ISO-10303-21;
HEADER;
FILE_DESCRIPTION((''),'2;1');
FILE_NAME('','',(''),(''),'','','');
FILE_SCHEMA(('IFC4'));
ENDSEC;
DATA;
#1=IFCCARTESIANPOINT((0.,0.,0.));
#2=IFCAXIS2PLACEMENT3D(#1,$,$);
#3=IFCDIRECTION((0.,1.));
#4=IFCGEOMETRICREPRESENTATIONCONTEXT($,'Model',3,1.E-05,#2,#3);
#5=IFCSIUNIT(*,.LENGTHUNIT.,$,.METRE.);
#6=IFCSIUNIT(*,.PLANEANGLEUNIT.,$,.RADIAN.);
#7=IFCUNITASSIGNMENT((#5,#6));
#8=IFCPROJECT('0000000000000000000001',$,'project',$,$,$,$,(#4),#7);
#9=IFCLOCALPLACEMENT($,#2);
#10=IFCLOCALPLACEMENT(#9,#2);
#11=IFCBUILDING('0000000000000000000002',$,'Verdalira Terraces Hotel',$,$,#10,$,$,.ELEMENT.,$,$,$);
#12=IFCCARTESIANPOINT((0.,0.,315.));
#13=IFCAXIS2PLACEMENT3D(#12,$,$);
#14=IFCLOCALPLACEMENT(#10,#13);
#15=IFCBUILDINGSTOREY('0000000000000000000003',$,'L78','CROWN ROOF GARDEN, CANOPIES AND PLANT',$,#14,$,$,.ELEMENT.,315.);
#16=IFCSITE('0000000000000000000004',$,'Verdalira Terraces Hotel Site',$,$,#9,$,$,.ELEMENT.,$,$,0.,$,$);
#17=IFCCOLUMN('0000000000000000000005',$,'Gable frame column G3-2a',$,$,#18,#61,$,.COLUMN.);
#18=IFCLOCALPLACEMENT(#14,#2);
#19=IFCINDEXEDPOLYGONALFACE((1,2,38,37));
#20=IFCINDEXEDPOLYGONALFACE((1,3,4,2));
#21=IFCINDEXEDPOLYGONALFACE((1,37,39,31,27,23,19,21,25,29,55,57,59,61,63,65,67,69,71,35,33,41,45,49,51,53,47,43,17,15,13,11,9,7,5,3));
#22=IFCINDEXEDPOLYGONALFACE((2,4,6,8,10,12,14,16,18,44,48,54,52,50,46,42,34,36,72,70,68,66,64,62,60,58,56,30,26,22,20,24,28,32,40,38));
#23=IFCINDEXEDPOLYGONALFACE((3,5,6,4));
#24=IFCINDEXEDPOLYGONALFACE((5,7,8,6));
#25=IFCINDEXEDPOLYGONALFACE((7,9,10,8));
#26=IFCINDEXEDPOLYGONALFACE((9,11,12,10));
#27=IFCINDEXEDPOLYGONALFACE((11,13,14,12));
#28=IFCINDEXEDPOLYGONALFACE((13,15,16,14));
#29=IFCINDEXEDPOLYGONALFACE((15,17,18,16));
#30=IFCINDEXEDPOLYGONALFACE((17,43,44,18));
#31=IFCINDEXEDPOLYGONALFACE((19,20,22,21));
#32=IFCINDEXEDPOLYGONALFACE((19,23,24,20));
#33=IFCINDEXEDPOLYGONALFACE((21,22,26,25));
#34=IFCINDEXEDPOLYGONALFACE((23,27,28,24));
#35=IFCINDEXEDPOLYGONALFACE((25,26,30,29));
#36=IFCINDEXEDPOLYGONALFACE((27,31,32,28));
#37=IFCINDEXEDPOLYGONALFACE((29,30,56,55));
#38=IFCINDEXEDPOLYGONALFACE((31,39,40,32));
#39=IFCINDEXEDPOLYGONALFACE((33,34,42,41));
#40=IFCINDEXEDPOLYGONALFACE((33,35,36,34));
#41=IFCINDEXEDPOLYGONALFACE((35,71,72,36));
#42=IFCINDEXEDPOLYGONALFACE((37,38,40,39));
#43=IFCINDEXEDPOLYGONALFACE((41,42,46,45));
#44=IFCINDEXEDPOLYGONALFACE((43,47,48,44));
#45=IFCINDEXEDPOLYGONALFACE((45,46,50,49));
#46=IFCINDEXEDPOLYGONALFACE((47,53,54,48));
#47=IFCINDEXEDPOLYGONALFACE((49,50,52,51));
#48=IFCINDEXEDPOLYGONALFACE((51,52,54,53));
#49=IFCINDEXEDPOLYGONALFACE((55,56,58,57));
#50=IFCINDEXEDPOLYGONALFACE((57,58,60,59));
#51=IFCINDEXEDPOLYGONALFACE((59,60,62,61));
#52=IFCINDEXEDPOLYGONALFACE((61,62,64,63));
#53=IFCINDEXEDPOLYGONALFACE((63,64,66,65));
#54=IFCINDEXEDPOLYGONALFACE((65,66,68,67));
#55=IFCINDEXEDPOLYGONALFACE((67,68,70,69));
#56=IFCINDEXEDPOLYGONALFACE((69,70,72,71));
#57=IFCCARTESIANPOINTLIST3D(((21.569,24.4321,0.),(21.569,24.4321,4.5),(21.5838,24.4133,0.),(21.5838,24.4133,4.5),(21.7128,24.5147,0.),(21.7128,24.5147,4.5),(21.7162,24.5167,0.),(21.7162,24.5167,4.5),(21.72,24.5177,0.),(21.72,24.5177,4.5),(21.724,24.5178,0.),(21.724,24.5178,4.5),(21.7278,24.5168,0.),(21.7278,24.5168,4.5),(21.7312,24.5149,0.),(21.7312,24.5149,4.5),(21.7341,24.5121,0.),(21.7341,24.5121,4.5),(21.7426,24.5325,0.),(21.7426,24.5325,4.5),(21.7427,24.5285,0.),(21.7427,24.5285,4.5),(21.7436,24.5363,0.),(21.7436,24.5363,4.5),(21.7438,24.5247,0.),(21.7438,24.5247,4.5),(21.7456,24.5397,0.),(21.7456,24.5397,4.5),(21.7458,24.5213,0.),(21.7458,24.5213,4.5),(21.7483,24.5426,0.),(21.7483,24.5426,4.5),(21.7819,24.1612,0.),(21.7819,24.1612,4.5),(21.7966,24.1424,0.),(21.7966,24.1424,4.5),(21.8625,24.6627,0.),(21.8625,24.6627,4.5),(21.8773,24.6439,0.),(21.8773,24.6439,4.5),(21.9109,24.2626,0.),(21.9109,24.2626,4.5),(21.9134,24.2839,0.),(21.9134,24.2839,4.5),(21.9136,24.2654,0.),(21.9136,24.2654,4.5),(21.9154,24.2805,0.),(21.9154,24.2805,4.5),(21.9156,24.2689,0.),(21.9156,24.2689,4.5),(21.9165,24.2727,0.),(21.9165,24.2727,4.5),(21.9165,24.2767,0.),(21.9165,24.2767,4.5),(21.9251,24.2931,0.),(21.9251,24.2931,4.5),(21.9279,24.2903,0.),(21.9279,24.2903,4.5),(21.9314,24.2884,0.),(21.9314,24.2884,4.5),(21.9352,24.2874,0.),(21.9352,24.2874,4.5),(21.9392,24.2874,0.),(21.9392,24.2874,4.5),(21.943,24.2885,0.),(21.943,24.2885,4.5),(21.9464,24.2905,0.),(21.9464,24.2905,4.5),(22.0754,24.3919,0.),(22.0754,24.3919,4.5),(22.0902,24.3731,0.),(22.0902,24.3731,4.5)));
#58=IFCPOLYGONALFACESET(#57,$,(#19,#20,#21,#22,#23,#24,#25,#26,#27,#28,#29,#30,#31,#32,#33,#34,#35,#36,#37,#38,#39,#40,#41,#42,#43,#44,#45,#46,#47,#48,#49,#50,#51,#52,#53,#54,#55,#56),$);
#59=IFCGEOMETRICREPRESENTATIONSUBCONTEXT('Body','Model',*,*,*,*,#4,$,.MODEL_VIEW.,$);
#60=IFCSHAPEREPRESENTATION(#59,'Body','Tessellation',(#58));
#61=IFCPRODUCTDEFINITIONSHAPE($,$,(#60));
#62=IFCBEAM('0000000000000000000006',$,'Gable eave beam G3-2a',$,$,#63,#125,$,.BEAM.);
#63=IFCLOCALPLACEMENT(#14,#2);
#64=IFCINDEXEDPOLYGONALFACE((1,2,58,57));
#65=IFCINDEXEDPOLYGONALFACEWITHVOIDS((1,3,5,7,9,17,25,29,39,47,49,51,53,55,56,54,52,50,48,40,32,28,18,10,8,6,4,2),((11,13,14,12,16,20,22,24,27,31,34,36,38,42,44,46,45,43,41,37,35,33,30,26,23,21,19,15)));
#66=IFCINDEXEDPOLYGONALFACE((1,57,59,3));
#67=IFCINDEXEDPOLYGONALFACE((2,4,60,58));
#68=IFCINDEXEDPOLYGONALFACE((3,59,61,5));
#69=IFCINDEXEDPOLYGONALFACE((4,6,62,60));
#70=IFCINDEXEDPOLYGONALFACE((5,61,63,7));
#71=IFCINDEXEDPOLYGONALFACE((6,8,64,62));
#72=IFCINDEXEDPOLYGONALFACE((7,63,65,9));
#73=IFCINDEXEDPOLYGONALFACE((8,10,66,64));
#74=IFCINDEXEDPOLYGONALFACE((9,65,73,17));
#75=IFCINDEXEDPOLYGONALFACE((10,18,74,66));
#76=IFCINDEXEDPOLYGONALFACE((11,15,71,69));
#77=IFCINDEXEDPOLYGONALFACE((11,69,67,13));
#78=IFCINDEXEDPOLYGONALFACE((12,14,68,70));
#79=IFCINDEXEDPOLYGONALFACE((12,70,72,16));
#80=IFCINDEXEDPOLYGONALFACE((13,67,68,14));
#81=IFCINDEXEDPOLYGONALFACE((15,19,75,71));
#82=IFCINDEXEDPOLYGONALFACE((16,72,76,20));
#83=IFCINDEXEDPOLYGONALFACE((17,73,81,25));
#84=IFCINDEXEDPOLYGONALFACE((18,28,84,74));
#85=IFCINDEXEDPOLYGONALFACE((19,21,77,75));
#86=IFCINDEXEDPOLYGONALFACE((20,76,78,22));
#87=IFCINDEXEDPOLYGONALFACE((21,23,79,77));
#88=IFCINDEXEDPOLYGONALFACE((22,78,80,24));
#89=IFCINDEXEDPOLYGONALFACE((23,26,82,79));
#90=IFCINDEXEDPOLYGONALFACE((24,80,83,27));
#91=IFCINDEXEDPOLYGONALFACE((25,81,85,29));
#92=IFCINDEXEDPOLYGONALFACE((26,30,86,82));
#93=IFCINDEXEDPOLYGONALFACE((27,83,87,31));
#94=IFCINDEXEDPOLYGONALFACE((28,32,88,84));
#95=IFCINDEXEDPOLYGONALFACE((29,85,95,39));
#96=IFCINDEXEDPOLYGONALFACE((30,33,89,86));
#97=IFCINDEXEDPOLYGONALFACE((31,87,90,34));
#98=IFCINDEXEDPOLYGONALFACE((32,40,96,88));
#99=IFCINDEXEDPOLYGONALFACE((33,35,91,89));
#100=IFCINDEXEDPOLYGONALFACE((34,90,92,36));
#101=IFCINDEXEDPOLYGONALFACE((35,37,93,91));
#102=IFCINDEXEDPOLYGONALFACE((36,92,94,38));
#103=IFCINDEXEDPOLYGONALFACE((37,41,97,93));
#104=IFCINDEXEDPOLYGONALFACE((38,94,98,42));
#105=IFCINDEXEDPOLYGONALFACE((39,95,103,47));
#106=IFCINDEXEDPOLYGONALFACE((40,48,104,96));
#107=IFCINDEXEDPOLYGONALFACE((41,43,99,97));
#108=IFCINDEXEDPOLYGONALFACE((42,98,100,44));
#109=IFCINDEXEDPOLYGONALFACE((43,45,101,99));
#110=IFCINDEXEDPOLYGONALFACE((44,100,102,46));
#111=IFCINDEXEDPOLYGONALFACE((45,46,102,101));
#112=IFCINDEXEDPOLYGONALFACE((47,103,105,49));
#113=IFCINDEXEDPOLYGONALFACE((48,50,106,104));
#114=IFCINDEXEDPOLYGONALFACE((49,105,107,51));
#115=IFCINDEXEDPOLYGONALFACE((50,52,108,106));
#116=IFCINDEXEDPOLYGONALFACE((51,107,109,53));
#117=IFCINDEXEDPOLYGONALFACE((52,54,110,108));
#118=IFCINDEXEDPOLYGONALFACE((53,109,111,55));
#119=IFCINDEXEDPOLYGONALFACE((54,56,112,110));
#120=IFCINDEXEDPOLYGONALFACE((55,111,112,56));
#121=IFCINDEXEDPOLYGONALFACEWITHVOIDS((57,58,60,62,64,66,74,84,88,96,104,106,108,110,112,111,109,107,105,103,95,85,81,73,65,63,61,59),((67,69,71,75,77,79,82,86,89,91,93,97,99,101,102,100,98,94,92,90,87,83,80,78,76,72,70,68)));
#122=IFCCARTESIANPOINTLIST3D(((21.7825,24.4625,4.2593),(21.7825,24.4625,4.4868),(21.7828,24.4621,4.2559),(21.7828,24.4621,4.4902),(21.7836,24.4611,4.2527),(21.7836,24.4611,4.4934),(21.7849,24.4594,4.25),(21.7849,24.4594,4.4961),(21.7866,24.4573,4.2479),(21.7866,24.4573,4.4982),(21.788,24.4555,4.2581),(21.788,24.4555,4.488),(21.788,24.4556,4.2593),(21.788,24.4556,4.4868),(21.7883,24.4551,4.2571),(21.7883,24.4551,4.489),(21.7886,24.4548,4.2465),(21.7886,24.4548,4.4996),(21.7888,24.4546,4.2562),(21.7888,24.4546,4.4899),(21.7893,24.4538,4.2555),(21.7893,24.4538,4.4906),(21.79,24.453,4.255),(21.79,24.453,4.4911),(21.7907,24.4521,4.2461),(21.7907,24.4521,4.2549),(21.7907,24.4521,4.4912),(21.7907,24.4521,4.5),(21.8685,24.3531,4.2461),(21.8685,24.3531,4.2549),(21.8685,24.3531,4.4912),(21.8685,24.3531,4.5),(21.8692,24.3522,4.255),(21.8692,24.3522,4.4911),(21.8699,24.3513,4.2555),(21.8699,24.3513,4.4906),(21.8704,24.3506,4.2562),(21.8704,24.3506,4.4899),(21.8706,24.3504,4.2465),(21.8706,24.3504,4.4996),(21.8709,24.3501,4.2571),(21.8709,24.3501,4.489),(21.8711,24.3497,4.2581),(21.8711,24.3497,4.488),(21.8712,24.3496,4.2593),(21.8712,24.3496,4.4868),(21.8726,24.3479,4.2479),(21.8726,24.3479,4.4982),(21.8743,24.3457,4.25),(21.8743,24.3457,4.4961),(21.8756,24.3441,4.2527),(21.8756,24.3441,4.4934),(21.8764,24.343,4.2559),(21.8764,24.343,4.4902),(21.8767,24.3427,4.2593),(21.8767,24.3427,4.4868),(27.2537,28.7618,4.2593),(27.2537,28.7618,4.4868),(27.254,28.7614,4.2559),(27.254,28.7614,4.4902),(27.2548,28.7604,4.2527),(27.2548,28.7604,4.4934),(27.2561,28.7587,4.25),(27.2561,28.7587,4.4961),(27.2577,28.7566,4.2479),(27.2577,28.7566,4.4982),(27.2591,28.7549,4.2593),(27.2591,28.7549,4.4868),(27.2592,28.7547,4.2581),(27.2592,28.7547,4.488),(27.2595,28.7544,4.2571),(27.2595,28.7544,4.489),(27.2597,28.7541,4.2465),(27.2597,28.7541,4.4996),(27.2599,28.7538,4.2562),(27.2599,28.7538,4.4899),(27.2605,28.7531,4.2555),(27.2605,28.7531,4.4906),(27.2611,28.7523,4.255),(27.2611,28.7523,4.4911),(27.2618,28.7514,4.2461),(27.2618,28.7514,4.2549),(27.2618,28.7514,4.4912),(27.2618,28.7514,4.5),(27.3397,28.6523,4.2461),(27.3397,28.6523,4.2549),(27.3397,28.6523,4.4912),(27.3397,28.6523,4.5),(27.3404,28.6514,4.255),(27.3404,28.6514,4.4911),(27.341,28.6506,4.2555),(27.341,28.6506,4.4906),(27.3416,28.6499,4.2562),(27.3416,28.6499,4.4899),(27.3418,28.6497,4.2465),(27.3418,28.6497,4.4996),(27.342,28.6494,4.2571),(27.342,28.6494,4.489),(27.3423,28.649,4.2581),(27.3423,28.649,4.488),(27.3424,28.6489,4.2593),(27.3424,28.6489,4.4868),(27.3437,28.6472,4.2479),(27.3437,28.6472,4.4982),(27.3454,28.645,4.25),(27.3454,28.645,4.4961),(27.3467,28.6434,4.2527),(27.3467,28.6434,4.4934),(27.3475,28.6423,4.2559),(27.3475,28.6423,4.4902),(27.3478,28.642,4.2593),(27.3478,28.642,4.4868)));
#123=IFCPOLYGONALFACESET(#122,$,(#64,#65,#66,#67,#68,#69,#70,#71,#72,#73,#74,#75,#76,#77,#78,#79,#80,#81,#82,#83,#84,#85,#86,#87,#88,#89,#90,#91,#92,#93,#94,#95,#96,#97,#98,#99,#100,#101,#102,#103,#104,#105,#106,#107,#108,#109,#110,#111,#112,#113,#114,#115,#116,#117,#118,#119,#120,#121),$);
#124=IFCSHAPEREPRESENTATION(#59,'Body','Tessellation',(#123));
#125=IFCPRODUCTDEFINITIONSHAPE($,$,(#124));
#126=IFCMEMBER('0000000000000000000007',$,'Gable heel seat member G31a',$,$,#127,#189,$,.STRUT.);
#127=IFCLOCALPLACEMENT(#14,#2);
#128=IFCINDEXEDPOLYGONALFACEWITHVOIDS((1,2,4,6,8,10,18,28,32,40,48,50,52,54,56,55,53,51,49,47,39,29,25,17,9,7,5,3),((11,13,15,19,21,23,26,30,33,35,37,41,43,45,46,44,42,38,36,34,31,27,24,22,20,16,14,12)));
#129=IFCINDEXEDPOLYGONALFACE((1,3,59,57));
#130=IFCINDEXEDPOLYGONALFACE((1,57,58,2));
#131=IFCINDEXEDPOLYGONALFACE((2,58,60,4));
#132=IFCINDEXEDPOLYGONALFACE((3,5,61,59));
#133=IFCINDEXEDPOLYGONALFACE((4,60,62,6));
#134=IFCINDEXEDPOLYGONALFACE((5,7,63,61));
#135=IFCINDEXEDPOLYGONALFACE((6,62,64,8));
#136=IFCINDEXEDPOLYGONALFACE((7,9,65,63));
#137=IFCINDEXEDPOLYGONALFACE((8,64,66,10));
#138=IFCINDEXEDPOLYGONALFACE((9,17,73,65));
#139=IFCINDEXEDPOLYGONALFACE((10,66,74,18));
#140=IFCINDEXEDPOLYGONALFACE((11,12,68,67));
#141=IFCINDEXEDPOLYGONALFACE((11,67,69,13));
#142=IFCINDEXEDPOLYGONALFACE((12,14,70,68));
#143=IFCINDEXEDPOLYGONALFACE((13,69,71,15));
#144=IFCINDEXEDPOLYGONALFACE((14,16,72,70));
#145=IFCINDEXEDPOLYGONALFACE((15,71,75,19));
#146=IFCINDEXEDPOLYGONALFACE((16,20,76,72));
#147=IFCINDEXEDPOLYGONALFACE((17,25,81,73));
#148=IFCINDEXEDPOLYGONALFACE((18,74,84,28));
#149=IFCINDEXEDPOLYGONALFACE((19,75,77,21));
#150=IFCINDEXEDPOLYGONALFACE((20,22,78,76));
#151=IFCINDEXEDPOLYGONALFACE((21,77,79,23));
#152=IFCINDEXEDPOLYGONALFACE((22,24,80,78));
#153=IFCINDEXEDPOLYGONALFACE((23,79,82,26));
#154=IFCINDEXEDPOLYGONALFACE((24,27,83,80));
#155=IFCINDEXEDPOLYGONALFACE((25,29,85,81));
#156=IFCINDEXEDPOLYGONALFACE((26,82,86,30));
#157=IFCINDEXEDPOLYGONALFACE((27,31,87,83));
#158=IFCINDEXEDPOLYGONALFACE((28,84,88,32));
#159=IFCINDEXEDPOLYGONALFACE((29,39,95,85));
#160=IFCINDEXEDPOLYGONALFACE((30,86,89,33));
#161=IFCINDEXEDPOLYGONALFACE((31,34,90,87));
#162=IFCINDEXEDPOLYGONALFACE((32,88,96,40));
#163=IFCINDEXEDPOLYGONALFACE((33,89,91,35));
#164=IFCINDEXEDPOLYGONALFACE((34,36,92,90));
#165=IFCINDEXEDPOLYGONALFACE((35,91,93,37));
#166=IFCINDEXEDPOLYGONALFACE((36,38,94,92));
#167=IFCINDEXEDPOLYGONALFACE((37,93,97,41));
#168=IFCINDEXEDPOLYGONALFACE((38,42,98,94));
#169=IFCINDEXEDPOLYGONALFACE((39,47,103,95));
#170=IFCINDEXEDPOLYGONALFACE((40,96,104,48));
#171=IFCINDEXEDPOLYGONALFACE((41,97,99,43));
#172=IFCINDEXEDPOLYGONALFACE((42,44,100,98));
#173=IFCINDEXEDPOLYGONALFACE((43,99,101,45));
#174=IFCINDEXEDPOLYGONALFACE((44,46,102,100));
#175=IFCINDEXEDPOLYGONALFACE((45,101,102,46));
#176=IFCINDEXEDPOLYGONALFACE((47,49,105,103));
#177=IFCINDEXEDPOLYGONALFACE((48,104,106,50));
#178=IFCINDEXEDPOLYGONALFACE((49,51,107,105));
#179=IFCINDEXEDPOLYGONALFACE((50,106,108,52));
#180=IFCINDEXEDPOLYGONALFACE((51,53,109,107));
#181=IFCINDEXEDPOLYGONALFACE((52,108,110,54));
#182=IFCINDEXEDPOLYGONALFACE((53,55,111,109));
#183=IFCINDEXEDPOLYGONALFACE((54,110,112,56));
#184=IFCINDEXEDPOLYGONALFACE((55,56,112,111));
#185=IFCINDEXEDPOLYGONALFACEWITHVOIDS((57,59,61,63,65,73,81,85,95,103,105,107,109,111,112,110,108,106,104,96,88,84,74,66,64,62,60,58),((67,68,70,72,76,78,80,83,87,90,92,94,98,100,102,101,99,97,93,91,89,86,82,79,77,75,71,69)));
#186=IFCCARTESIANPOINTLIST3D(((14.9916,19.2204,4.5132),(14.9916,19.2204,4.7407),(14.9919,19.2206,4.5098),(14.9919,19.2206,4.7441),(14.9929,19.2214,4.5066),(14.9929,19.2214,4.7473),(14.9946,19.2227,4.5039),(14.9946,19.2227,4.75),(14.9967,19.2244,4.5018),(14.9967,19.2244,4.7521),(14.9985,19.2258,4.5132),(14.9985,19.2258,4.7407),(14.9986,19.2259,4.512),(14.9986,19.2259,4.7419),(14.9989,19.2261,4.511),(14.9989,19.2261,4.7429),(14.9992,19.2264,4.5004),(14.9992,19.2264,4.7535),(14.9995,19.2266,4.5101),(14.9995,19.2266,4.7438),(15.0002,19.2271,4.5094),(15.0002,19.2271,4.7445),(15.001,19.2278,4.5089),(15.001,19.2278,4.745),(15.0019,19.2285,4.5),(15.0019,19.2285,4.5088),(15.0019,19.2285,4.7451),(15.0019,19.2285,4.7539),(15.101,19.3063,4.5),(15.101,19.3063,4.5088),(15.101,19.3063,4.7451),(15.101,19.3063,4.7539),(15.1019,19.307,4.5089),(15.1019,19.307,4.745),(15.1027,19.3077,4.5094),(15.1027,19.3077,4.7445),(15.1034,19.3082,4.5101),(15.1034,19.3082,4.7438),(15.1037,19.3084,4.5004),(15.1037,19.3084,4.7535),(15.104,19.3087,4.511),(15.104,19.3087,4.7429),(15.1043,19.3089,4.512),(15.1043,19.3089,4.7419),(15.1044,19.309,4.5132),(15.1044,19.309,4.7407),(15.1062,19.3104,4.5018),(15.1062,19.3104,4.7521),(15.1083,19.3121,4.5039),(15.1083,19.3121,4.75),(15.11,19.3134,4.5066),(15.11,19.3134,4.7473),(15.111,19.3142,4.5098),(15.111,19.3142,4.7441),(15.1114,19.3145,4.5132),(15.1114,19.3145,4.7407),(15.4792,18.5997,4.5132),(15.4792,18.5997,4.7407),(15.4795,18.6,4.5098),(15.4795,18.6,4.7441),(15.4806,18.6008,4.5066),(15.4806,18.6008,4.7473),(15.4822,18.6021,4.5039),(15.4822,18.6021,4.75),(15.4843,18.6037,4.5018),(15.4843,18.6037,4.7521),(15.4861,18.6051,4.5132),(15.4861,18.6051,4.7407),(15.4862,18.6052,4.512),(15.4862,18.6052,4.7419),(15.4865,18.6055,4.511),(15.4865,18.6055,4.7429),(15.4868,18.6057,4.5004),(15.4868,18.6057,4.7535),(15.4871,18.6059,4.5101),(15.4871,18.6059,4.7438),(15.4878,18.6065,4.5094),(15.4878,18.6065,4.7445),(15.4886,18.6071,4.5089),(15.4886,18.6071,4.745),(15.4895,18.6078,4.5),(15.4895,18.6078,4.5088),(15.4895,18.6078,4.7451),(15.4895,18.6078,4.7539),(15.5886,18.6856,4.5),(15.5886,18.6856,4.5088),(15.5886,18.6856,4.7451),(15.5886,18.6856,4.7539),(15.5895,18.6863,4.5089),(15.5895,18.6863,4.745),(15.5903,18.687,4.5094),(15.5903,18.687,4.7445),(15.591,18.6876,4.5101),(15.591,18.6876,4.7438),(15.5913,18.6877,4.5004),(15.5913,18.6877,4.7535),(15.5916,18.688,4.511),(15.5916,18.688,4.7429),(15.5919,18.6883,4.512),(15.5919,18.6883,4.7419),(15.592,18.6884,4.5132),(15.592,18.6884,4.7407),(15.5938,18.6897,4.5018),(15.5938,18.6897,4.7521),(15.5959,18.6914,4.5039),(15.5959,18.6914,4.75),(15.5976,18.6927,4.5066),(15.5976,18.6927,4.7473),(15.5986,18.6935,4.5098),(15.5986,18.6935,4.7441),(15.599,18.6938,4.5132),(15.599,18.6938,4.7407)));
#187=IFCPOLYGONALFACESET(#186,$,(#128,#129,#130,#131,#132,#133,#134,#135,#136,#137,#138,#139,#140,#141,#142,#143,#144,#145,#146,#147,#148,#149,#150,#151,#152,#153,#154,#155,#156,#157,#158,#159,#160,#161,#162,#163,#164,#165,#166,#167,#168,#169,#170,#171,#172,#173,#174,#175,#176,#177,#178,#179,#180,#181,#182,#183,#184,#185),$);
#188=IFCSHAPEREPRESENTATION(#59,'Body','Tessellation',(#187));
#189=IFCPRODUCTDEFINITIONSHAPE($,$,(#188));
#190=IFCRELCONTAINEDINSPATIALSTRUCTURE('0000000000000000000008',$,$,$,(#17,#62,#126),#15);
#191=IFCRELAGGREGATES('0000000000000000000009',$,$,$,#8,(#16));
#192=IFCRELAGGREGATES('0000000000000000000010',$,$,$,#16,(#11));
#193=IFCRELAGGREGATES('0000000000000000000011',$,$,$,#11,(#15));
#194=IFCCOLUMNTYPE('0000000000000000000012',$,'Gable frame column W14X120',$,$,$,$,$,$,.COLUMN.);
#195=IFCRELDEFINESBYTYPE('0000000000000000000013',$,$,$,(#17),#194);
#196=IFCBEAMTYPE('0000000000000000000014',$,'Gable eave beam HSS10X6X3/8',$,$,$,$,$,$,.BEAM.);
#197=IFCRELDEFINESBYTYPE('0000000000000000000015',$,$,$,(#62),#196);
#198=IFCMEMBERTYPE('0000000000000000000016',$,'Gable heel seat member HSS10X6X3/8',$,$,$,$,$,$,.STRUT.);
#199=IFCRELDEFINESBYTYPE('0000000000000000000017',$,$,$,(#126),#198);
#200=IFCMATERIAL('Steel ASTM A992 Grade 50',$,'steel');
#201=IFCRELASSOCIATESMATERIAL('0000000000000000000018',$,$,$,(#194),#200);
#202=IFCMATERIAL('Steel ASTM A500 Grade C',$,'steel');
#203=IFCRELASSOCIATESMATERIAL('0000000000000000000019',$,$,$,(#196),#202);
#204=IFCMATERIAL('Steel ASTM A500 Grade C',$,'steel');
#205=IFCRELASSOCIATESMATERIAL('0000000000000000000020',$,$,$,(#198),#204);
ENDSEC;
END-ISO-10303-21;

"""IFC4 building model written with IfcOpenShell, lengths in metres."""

from ifc_helpers import new_model, si_unit, direction, frame, origin, origin_2d, place, context, subcontext, project, spatial, hollow_rectangle, i_section, extrude, material, material_profile, profile_set, type_object, element, save


model = new_model("IFC4")

# Units and contexts
model_context = context("Model", 3, precision=1e-05, world=origin(), true_north=direction((0.0, 1.0)))
body_context = subcontext(model_context, "Body", "Model", "MODEL_VIEW")
ifc_project = project(units=[si_unit("LENGTHUNIT", "METRE"), si_unit("PLANEANGLEUNIT", "RADIAN")], contexts=[model_context])

# Site, building, storey
site_placement = place(None, origin())
site = spatial("IfcSite", under=ifc_project, at=site_placement, Name="Verdalira Terraces Hotel Site", CompositionType="ELEMENT", RefElevation=0.0)
building_placement = place(site_placement, origin())
building = spatial("IfcBuilding", under=site, at=building_placement, Name="Verdalira Terraces Hotel", CompositionType="ELEMENT")
storey_placement = place(building_placement, frame((0.0, 0.0, 315.0)))
storey = spatial("IfcBuildingStorey", under=building, at=storey_placement, Name="L78", Description="CROWN ROOF GARDEN, CANOPIES AND PLANT", CompositionType="ELEMENT", Elevation=315.0)

# Column
ifc_material_1 = material(Name="Steel ASTM A992 Grade 50", Category="steel")
ifc_material_profile_1 = material_profile(ifc_material_1, i_section(OverallWidth=0.3733, OverallDepth=0.3684, WebThickness=0.0149, FlangeThickness=0.0239, FilletRadius=0.0151, at=origin_2d()), Name="W14X120")
ifc_profile_set_1 = profile_set([ifc_material_profile_1], Name="Steel ASTM A992 Grade 50")
column_type = type_object("IfcColumnType", Name="Gable frame column W14X120", PredefinedType="COLUMN", material=ifc_profile_set_1)
column_placement = place(storey_placement, frame((21.8296, 24.4026, 0.0), z_axis=(0.0, 0.0, 1.0), x_axis=(0.786288, 0.61786, 0.0)))
element("IfcColumn", 1, at=column_placement, inside=storey, type_object=column_type, Name="Gable frame column G3-2a", PredefinedType="COLUMN", context=body_context, shape_type="SweptSolid", body=[
    extrude(i_section(OverallWidth=0.3733, OverallDepth=0.3684, WebThickness=0.0149, FlangeThickness=0.0239, FilletRadius=0.0151, at=origin_2d()), origin(), (0.0, 0.0, 1.0), 4.5),
])

# Beam
ifc_material_2 = material(Name="Steel ASTM A500 Grade C", Category="steel")
ifc_material_profile_2 = material_profile(ifc_material_2, hollow_rectangle(XDim=0.1523, YDim=0.2539, WallThickness=0.0088, InnerFilletRadius=0.0044, OuterFilletRadius=0.0132, at=origin_2d()), Name="HSS10X6X3/8")
ifc_profile_set_2 = profile_set([ifc_material_profile_2], Name="Steel ASTM A500 Grade C")
beam_type_1 = type_object("IfcBeamType", Name="Gable eave beam HSS10X6X3/8", PredefinedType="BEAM", material=ifc_profile_set_2)
beam_1_placement = place(storey_placement, frame((21.8296, 24.4026, 4.373), z_axis=(0.786282, 0.617868, 0.0), x_axis=(-0.617868, 0.786282, 0.0)))
element("IfcBeam", 2, at=beam_1_placement, inside=storey, type_object=beam_type_1, Name="Gable eave beam G3-2a", PredefinedType="BEAM", context=body_context, shape_type="SweptSolid", body=[
    extrude(hollow_rectangle(XDim=0.1523, YDim=0.2539, WallThickness=0.0088, InnerFilletRadius=0.0044, OuterFilletRadius=0.0132, at=origin_2d()), origin(), (0.0, 0.0, 1.0), 6.9583),
])

# Member
ifc_material_3 = material(Name="Steel ASTM A500 Grade C", Category="steel")
ifc_material_profile_3 = material_profile(ifc_material_3, hollow_rectangle(XDim=0.1523, YDim=0.2539, WallThickness=0.0088, InnerFilletRadius=0.0044, OuterFilletRadius=0.0132, at=origin_2d()), Name="HSS10X6X3/8")
ifc_profile_set_3 = profile_set([ifc_material_profile_3], Name="Steel ASTM A500 Grade C")
member_type = type_object("IfcMemberType", Name="Gable heel seat member HSS10X6X3/8", PredefinedType="STRUT", material=ifc_profile_set_3)
member_placement = place(storey_placement, frame((15.5391, 18.6467, 4.627), z_axis=(-0.617767, 0.786361, 0.0), x_axis=(-0.786361, -0.617767, 0.0)))
element("IfcMember", 3, at=member_placement, inside=storey, type_object=member_type, Name="Gable heel seat member G31a", PredefinedType="STRUT", context=body_context, shape_type="SweptSolid", body=[
    extrude(hollow_rectangle(XDim=0.1523, YDim=0.2539, WallThickness=0.0088, InnerFilletRadius=0.0044, OuterFilletRadius=0.0132, at=origin_2d()), origin(), (0.0, 0.0, 1.0), 0.7893),
])

save(model, "model.ifc")
